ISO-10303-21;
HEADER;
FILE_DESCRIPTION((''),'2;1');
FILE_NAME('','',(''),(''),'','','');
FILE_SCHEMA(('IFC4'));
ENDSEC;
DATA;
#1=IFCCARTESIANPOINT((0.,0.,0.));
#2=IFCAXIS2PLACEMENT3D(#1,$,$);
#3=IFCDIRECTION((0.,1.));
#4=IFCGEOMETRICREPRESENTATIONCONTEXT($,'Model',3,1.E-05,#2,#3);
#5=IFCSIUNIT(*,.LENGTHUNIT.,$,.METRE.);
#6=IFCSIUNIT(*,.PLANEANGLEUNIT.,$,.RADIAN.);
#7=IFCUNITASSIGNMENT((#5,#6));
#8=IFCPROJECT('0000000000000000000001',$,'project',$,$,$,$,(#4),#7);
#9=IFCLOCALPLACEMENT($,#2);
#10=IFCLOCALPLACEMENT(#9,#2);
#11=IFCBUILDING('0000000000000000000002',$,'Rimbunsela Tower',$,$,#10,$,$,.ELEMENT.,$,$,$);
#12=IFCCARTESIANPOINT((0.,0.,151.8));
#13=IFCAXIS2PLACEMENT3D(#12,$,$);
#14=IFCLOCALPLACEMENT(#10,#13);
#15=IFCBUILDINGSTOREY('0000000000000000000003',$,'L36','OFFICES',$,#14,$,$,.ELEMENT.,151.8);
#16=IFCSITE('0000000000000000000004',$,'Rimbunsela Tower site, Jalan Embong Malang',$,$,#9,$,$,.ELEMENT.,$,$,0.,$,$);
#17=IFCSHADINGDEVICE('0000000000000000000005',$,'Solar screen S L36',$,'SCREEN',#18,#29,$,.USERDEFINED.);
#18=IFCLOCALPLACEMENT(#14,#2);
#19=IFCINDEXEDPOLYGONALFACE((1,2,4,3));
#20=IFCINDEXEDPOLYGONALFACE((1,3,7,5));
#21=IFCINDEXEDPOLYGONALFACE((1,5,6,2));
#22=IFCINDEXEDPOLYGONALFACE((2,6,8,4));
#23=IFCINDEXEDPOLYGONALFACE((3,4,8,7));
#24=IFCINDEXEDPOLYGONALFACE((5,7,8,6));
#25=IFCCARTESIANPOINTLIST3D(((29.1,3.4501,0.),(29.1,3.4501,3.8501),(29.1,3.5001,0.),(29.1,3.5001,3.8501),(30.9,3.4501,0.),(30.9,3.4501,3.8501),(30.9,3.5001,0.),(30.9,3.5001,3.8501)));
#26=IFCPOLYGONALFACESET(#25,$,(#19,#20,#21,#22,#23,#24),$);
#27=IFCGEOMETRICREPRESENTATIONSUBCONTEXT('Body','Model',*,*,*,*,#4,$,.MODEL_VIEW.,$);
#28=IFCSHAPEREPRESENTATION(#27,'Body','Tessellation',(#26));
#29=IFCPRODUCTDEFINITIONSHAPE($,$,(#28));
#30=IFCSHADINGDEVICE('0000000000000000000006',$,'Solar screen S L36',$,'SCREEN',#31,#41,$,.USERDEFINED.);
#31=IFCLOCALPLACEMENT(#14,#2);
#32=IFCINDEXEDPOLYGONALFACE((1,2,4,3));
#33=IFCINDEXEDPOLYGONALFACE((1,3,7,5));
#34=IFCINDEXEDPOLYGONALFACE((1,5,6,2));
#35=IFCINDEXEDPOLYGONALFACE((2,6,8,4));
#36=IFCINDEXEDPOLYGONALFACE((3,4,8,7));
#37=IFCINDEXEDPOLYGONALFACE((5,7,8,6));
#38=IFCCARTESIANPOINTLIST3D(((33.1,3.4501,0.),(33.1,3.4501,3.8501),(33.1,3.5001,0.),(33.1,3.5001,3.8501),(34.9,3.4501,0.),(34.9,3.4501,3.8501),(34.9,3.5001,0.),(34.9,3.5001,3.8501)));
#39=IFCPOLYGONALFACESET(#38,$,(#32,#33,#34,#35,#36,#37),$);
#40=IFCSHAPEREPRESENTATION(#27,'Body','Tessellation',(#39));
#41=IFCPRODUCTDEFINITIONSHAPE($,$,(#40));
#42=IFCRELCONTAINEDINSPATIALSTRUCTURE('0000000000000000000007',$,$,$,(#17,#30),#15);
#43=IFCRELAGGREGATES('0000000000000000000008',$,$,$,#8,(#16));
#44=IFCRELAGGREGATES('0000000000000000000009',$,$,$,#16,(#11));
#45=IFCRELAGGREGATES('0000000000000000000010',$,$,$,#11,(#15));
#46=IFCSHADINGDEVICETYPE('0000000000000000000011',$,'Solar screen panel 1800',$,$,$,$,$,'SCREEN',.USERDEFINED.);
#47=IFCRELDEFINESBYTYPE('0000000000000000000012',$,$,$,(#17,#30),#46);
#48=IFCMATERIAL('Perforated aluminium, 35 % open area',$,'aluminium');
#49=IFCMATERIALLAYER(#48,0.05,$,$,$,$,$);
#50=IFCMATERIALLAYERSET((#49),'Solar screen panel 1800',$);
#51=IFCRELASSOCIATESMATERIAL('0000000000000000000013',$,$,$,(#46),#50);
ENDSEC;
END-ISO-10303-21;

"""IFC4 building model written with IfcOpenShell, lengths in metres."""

from ifc_helpers import new_model, si_unit, direction, frame, origin, origin_2d, place, context, subcontext, project, spatial, rectangle, extrude, material, layer, layer_set, type_object, element, save


model = new_model("IFC4")

# Units and contexts
model_context = context("Model", 3, precision=1e-05, world=origin(), true_north=direction((0.0, 1.0)))
body_context = subcontext(model_context, "Body", "Model", "MODEL_VIEW")
ifc_project = project(units=[si_unit("LENGTHUNIT", "METRE"), si_unit("PLANEANGLEUNIT", "RADIAN")], contexts=[model_context])

# Site, building, storey
site_placement = place(None, origin())
site = spatial("IfcSite", under=ifc_project, at=site_placement, Name="Rimbunsela Tower site, Jalan Embong Malang", CompositionType="ELEMENT", RefElevation=0.0)
building_placement = place(site_placement, origin())
building = spatial("IfcBuilding", under=site, at=building_placement, Name="Rimbunsela Tower", CompositionType="ELEMENT")
storey_placement = place(building_placement, frame((0.0, 0.0, 151.8)))
storey = spatial("IfcBuildingStorey", under=building, at=storey_placement, Name="L36", Description="OFFICES", CompositionType="ELEMENT", Elevation=151.8)

# Shading devices
ifc_material_1 = material(Name="Perforated aluminium, 35 % open area", Category="aluminium")
ifc_layer_1 = layer(ifc_material_1, 0.05)
ifc_layer_set_1 = layer_set([ifc_layer_1], Name="Solar screen panel 1800")
shading_device_type = type_object("IfcShadingDeviceType", Name="Solar screen panel 1800", ElementType="SCREEN", PredefinedType="USERDEFINED", material=ifc_layer_set_1)
for number, where, z_axis, x_axis, name in (
    (1, (30.0, 3.4751, 0.0), (0.0, 0.0, 1.0), (1.0, 0.0, 0.0), "Solar screen S L36"),
    (2, (34.0, 3.4751, 0.0), (0.0, 0.0, 1.0), (1.0, 0.0, 0.0), "Solar screen S L36"),
):
    element("IfcShadingDevice", number, at=place(storey_placement, frame(where, z_axis=z_axis, x_axis=x_axis)), inside=storey, type_object=shading_device_type, Name=name, ObjectType="SCREEN", PredefinedType="USERDEFINED", context=body_context, shape_type="SweptSolid", body=[
        extrude(rectangle(XDim=1.8, YDim=0.05, at=origin_2d()), origin(), (0.0, 0.0, 1.0), 3.8501),
    ])

save(model, "model.ifc")
